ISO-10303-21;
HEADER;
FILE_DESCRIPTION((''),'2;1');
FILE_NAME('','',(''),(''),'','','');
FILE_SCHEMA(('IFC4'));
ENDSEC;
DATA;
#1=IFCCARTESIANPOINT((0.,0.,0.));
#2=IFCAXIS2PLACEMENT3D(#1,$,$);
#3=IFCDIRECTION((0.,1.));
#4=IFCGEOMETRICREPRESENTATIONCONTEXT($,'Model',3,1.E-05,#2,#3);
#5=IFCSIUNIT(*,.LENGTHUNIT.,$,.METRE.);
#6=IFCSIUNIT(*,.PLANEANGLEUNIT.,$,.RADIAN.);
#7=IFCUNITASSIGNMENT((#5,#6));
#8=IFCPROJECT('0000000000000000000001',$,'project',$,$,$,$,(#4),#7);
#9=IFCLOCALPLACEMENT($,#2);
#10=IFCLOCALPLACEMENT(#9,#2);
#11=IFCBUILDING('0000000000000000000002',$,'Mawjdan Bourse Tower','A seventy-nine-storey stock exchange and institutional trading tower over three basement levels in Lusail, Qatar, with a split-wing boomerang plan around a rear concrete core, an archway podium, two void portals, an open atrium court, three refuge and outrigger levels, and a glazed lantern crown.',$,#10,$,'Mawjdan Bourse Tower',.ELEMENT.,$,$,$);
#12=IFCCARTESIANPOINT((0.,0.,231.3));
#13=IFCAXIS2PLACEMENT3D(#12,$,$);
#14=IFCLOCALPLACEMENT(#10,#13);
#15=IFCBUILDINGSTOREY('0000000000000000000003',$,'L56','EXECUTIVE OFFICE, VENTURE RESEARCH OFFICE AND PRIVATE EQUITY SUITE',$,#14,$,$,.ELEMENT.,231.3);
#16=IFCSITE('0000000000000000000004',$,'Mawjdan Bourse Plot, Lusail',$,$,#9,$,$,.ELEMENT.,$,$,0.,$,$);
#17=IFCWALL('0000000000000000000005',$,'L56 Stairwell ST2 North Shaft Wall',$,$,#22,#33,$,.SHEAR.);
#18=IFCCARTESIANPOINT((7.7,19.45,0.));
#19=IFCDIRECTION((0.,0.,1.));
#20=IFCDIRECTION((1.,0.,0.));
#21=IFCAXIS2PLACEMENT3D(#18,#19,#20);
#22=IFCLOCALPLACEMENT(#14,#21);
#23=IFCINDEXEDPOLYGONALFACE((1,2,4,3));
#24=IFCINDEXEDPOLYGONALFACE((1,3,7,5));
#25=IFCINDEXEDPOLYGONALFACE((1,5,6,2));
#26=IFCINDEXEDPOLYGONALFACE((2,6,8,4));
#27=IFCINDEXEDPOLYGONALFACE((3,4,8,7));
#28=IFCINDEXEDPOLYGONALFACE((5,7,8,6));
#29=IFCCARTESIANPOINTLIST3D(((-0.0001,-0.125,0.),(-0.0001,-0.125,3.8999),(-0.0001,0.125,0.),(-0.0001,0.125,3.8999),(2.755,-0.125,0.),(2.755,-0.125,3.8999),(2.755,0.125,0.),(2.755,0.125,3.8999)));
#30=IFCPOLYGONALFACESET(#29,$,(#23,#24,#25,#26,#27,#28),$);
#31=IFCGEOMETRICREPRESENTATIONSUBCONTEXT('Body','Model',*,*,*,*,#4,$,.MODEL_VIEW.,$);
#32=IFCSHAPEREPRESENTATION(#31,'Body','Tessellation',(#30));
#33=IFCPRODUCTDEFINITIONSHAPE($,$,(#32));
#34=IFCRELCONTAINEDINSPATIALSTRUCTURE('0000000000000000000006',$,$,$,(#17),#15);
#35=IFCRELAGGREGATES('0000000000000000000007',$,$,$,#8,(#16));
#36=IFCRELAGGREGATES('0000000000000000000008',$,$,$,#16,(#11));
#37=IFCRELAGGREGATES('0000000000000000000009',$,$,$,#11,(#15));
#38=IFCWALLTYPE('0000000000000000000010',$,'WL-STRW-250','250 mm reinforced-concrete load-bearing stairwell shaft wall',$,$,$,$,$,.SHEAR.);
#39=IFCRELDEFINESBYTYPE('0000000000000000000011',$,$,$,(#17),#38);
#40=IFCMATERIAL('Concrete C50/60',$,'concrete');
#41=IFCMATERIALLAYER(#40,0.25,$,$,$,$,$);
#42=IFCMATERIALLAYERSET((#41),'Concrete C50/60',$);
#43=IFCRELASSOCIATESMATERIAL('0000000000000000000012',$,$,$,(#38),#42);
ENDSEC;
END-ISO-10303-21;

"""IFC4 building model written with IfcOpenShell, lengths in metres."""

from ifc_helpers import new_model, si_unit, direction, frame, frame_2d, origin, place, context, subcontext, project, spatial, rectangle, extrude, material, layer, layer_set, type_object, element, save


model = new_model("IFC4")

# Units and contexts
model_context = context("Model", 3, precision=1e-05, world=origin(), true_north=direction((0.0, 1.0)))
body_context = subcontext(model_context, "Body", "Model", "MODEL_VIEW")
ifc_project = project(units=[si_unit("LENGTHUNIT", "METRE"), si_unit("PLANEANGLEUNIT", "RADIAN")], contexts=[model_context])

# Site, building, storey
site_placement = place(None, origin())
site = spatial("IfcSite", under=ifc_project, at=site_placement, Name="Mawjdan Bourse Plot, Lusail", CompositionType="ELEMENT", RefElevation=0.0)
building_placement = place(site_placement, origin())
building = spatial("IfcBuilding", under=site, at=building_placement, Name="Mawjdan Bourse Tower", Description="A seventy-nine-storey stock exchange and institutional trading tower over three basement levels in Lusail, Qatar, with a split-wing boomerang plan around a rear concrete core, an archway podium, two void portals, an open atrium court, three refuge and outrigger levels, and a glazed lantern crown.", LongName="Mawjdan Bourse Tower", CompositionType="ELEMENT")
storey_placement = place(building_placement, frame((0.0, 0.0, 231.3)))
storey = spatial("IfcBuildingStorey", under=building, at=storey_placement, Name="L56", Description="EXECUTIVE OFFICE, VENTURE RESEARCH OFFICE AND PRIVATE EQUITY SUITE", CompositionType="ELEMENT", Elevation=231.3)

# Wall
ifc_material_1 = material(Name="Concrete C50/60", Category="concrete")
ifc_layer_1 = layer(ifc_material_1, 0.25)
ifc_layer_set_1 = layer_set([ifc_layer_1], Name="Concrete C50/60")
wall_type_1 = type_object("IfcWallType", Name="WL-STRW-250", Description="250 mm reinforced-concrete load-bearing stairwell shaft wall", PredefinedType="SHEAR", material=ifc_layer_set_1)
wall_1_placement = place(storey_placement, frame((7.7, 19.45, 0.0), z_axis=(0.0, 0.0, 1.0), x_axis=(1.0, 0.0, 0.0)))
element("IfcWall", 1, at=wall_1_placement, inside=storey, type_object=wall_type_1, Name="L56 Stairwell ST2 North Shaft Wall", PredefinedType="SHEAR", context=body_context, shape_type="SweptSolid", body=[
    extrude(rectangle(XDim=2.7551, YDim=0.25, at=frame_2d((1.3774, 0.0))), origin(), (0.0, 0.0, 1.0), 3.8999),
])

save(model, "model.ifc")
